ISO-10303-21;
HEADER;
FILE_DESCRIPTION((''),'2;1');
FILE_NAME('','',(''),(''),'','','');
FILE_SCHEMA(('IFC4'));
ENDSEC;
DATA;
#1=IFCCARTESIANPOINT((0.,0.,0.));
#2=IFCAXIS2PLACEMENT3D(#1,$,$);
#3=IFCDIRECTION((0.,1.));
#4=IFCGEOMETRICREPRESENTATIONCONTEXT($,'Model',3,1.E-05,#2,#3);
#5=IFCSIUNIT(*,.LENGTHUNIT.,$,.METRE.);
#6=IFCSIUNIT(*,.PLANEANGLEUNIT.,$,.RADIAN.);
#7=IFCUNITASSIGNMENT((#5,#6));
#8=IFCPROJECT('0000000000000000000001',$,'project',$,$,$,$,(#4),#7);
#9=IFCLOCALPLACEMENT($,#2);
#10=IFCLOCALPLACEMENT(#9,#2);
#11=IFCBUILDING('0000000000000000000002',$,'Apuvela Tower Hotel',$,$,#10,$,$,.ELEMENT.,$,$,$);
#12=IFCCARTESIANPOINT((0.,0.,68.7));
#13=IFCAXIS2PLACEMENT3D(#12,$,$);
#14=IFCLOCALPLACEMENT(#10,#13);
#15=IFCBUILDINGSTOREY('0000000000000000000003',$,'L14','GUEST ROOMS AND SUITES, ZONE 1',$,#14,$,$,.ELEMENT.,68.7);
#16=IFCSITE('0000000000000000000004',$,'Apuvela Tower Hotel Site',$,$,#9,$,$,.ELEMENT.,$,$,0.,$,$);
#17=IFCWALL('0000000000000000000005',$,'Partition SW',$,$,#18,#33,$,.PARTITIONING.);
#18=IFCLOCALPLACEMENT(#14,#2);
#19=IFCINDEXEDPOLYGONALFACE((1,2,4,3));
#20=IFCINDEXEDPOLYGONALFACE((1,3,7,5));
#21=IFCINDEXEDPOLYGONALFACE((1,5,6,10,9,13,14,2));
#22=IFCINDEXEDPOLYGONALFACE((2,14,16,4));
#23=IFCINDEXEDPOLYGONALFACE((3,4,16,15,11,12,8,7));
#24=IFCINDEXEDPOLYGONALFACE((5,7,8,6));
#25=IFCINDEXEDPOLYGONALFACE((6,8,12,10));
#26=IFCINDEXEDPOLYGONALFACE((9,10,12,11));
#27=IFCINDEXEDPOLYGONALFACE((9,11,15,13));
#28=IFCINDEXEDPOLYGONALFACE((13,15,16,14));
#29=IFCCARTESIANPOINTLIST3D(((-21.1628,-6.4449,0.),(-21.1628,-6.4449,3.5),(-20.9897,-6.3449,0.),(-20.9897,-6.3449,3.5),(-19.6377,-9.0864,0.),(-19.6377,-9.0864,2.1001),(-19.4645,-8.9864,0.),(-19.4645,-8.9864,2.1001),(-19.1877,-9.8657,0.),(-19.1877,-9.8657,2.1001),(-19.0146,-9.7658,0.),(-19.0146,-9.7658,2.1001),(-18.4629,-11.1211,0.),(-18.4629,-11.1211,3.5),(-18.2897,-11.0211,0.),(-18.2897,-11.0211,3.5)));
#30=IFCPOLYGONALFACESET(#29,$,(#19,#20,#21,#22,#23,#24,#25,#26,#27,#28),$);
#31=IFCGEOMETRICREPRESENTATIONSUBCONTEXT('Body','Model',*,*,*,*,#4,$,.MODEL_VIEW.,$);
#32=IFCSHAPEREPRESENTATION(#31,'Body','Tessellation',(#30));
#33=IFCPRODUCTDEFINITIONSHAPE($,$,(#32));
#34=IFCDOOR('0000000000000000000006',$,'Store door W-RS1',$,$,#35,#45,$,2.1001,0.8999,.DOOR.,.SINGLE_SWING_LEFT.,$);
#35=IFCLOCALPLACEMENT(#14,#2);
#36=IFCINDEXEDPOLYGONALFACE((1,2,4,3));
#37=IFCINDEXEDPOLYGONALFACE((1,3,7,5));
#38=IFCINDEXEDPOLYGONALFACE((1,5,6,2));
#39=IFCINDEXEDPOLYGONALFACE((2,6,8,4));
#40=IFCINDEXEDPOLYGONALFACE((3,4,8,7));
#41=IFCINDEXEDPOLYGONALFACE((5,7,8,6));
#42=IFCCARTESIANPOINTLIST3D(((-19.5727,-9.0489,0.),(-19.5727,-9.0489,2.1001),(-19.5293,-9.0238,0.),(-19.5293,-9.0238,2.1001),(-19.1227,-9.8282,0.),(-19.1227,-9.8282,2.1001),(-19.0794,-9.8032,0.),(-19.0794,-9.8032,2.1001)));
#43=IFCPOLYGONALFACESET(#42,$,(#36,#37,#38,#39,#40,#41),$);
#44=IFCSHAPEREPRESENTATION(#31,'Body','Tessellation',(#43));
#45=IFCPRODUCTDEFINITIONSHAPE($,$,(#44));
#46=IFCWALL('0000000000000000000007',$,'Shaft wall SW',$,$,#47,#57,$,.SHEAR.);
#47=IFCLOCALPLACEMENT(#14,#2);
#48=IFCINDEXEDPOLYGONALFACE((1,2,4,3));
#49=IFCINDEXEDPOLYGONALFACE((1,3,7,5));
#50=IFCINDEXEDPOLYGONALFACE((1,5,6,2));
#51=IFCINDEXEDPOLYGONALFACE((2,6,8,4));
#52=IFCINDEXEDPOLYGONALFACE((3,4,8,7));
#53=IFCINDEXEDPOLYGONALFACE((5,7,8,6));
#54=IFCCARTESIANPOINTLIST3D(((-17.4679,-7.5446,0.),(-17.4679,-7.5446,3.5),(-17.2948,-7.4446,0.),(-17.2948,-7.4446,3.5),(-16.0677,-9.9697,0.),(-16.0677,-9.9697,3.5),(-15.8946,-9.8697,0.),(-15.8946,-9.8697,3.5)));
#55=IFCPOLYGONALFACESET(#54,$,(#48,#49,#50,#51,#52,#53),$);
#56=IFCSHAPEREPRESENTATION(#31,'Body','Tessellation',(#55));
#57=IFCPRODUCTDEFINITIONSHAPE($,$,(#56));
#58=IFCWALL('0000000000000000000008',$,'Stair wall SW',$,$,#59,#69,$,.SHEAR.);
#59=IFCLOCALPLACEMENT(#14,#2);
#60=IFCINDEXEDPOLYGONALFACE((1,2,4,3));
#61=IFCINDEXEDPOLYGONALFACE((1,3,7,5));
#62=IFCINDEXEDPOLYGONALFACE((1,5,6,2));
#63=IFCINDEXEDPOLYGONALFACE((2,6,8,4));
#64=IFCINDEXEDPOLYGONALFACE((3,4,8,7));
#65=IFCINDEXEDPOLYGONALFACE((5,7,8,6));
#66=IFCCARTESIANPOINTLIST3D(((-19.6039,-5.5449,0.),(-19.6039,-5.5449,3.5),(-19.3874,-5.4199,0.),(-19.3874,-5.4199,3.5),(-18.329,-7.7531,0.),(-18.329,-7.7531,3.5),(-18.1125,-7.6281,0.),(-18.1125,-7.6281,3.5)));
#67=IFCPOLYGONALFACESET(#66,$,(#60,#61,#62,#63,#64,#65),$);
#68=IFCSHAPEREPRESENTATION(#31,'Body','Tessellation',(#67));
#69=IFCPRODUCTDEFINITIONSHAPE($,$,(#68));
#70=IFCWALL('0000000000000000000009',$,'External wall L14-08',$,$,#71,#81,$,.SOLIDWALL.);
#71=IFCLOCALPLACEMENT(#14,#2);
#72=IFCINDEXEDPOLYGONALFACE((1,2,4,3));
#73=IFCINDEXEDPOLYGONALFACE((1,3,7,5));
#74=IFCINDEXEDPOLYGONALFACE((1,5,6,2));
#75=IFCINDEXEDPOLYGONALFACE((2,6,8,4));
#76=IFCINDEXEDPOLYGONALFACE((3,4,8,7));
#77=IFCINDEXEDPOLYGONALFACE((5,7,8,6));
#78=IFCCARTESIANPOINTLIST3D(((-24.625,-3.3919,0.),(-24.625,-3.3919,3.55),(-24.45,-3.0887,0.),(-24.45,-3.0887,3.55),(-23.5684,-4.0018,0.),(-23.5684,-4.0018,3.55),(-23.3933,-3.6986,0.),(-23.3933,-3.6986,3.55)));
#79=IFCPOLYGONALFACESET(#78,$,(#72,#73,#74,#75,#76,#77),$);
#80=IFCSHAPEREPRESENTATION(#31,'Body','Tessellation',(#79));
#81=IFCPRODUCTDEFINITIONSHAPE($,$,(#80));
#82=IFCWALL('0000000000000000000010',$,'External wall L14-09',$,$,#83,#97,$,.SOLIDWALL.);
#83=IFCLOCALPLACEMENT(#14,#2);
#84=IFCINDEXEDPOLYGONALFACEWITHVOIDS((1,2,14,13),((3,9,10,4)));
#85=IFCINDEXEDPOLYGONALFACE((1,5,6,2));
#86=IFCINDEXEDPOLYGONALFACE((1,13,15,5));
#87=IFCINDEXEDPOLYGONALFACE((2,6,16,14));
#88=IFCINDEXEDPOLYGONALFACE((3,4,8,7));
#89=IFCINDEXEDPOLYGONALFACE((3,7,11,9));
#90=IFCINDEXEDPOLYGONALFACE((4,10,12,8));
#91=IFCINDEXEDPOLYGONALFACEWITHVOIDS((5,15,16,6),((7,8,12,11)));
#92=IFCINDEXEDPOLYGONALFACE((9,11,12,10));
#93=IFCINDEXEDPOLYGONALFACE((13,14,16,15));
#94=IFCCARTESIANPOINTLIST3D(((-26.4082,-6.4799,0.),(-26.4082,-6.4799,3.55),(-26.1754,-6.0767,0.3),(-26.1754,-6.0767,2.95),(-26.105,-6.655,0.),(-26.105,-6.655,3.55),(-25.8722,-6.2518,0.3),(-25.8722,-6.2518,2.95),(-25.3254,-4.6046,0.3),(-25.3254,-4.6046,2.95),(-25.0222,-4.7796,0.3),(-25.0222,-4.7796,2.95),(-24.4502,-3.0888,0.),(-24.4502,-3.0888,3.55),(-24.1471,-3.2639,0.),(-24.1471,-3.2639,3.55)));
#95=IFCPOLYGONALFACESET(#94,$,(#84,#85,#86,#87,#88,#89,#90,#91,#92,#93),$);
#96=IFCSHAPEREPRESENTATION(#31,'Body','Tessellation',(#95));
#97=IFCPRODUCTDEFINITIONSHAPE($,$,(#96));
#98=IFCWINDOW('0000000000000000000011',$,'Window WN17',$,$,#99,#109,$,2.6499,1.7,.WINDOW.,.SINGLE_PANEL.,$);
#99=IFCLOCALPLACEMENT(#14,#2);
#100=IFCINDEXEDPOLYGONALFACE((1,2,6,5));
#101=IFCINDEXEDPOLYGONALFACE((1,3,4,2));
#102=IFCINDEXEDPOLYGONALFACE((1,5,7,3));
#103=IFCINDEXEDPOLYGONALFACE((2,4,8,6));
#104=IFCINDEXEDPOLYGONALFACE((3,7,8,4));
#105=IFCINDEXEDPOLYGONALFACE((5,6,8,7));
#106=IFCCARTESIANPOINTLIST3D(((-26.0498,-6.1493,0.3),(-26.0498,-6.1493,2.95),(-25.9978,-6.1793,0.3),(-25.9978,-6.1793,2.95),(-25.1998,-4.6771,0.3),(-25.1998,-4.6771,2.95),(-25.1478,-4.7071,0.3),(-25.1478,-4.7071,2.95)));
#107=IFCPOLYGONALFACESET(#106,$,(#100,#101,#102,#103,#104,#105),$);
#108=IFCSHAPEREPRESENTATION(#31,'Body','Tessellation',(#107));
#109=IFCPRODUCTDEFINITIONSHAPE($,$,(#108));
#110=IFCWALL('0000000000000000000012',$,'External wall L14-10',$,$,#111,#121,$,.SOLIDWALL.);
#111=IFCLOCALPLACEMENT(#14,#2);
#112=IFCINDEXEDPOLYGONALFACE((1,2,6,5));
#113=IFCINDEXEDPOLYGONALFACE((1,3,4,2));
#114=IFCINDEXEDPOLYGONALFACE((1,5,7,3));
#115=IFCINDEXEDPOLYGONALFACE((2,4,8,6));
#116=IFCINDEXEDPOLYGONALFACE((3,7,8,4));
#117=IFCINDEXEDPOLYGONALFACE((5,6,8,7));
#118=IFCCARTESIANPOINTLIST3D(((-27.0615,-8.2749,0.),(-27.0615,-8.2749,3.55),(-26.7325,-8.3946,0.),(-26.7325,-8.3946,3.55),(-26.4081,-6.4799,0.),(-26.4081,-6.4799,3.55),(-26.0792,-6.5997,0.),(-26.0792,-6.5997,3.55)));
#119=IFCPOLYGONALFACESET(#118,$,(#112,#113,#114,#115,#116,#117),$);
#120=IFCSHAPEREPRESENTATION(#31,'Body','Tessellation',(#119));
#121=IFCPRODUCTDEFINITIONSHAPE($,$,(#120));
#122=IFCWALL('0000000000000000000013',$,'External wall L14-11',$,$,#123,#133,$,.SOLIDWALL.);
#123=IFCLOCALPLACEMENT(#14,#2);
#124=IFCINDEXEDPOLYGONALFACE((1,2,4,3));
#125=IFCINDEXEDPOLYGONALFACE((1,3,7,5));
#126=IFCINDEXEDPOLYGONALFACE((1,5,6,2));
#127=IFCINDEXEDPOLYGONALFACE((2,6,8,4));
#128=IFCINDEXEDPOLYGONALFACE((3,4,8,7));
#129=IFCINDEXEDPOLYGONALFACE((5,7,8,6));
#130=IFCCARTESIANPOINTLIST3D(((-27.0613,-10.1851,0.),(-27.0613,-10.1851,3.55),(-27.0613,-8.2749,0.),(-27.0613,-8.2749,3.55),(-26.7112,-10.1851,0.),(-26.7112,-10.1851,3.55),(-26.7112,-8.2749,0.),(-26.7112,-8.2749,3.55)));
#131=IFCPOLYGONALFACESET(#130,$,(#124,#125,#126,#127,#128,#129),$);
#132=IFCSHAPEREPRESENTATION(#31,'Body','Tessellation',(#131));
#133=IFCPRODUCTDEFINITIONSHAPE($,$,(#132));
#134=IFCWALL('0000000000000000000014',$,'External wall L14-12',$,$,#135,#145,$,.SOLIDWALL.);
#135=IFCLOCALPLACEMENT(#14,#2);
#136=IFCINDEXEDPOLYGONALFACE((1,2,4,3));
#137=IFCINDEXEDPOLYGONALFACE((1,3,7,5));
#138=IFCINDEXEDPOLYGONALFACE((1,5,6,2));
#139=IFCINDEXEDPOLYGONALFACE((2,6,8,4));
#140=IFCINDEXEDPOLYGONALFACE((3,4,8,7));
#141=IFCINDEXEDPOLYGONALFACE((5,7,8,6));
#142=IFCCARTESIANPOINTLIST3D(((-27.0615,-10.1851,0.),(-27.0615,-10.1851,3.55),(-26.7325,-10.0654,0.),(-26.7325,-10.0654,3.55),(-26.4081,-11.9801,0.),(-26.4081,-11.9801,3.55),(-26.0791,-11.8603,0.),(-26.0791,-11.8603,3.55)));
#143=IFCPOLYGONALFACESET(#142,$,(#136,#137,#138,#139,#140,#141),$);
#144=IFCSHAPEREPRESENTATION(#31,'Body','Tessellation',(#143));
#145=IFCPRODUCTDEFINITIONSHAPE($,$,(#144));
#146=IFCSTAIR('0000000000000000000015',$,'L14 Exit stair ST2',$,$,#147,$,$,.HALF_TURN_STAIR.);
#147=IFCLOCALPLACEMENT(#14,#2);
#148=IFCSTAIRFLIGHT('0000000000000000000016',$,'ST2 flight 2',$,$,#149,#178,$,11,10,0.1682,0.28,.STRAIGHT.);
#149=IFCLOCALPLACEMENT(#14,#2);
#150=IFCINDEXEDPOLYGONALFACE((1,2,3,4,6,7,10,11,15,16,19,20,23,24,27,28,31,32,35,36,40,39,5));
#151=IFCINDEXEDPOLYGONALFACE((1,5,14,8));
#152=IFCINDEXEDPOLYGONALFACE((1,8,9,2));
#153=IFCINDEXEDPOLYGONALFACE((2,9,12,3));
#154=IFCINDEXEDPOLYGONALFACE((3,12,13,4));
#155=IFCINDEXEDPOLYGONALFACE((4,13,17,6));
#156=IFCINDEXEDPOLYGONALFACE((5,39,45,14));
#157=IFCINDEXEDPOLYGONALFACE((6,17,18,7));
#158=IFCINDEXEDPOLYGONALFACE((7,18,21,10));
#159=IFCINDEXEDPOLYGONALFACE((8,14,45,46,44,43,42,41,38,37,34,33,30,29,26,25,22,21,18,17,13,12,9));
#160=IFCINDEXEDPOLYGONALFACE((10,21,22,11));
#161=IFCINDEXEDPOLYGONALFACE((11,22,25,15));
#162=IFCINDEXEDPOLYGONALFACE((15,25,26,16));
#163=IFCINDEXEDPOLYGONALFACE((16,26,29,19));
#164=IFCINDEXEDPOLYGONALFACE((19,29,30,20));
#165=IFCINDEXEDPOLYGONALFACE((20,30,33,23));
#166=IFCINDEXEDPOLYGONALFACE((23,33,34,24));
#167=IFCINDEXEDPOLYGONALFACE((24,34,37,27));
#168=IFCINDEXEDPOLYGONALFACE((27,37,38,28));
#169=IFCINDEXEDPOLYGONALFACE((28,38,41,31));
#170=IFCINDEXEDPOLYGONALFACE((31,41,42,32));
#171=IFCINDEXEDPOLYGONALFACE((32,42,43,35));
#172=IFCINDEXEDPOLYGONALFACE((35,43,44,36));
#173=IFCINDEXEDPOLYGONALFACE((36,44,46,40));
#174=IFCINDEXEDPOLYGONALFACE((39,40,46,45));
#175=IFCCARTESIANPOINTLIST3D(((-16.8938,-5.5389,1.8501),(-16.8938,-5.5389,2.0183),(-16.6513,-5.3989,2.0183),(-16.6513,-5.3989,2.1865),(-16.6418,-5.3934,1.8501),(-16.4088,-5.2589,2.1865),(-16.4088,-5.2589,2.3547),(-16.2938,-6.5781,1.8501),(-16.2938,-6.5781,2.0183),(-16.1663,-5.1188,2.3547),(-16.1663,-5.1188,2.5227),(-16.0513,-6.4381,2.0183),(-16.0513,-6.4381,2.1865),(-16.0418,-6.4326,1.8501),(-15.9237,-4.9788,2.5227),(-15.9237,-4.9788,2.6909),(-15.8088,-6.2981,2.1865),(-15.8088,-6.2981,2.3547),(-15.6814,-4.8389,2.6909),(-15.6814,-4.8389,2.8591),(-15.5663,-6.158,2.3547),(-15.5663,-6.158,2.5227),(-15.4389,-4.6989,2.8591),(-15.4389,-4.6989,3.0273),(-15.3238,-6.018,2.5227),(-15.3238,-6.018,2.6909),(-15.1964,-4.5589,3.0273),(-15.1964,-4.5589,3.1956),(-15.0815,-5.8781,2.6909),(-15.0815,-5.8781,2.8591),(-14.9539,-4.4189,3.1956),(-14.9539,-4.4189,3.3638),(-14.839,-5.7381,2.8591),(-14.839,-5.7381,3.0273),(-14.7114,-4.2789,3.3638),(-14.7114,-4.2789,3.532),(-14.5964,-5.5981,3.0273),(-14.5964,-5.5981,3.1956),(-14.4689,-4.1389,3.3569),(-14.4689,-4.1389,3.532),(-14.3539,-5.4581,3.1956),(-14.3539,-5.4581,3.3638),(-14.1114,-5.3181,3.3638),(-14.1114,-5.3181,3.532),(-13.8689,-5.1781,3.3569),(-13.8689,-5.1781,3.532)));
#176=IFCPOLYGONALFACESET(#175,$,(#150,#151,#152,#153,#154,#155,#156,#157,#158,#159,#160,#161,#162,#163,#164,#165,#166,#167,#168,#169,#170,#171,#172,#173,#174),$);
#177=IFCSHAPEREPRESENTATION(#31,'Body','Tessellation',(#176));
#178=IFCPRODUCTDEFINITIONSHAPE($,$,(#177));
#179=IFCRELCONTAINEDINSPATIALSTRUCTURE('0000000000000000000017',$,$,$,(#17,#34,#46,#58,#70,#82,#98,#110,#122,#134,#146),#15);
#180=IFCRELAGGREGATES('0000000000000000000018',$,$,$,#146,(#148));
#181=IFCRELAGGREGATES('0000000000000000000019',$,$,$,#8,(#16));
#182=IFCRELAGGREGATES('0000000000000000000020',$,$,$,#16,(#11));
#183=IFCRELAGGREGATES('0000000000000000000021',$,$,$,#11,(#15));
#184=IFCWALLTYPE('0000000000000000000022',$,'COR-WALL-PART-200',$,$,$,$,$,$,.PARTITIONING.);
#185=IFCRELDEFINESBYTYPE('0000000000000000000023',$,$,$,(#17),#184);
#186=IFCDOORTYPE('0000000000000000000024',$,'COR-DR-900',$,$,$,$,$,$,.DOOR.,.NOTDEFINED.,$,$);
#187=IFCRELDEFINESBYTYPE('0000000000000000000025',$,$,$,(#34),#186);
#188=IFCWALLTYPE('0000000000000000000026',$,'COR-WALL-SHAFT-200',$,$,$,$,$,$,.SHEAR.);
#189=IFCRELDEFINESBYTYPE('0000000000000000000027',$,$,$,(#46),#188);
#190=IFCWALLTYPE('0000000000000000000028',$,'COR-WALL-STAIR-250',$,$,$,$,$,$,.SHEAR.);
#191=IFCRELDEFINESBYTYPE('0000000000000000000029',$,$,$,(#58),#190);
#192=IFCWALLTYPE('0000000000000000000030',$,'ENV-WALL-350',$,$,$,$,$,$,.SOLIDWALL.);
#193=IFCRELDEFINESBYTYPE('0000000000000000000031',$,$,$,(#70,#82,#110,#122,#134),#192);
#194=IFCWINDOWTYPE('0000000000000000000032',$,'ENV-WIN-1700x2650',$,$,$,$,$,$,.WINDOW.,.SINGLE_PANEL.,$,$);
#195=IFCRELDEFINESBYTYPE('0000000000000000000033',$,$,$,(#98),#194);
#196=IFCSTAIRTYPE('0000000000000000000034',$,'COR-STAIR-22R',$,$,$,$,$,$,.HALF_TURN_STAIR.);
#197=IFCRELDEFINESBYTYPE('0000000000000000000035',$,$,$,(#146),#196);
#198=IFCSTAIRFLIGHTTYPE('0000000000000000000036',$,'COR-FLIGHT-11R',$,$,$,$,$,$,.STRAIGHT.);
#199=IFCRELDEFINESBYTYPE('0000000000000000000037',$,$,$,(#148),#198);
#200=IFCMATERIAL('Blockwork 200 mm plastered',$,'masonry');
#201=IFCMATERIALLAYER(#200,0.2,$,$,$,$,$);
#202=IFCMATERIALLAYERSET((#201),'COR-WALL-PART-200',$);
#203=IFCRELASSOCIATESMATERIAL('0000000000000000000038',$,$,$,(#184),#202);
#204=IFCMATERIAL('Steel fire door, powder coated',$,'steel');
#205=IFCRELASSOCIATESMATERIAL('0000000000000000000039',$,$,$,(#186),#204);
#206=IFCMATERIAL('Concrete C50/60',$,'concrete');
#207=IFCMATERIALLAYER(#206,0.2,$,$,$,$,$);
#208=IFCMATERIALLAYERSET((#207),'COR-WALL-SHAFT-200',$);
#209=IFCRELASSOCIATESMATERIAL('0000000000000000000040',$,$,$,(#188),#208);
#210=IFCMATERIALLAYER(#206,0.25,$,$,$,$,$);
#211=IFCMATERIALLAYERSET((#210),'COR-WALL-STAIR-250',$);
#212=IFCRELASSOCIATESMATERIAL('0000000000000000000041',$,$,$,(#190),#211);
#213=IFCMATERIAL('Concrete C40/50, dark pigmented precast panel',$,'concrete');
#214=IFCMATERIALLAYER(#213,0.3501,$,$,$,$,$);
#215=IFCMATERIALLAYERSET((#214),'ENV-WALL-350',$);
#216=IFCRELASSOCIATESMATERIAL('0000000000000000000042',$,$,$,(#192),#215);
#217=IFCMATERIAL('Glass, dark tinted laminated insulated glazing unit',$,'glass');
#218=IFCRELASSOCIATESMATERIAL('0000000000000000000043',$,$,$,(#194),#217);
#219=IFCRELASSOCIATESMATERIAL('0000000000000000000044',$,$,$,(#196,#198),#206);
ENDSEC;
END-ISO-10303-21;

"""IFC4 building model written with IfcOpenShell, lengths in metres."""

from ifc_helpers import new_model, si_unit, direction, frame, frame_2d, origin, place, context, subcontext, project, spatial, polyline, rectangle, outline, extrude, material, layer, layer_set, type_object, element, fill, aggregate, save


model = new_model("IFC4")

# Units and contexts
model_context = context("Model", 3, precision=1e-05, world=origin(), true_north=direction((0.0, 1.0)))
body_context = subcontext(model_context, "Body", "Model", "MODEL_VIEW")
ifc_project = project(units=[si_unit("LENGTHUNIT", "METRE"), si_unit("PLANEANGLEUNIT", "RADIAN")], contexts=[model_context])

# Site, building, storey
site_placement = place(None, origin())
site = spatial("IfcSite", under=ifc_project, at=site_placement, Name="Apuvela Tower Hotel Site", CompositionType="ELEMENT", RefElevation=0.0)
building_placement = place(site_placement, origin())
building = spatial("IfcBuilding", under=site, at=building_placement, Name="Apuvela Tower Hotel", CompositionType="ELEMENT")
storey_placement = place(building_placement, frame((0.0, 0.0, 68.7)))
storey = spatial("IfcBuildingStorey", under=building, at=storey_placement, Name="L14", Description="GUEST ROOMS AND SUITES, ZONE 1", CompositionType="ELEMENT", Elevation=68.7)

# Wall, opening, door
ifc_material_1 = material(Name="Blockwork 200 mm plastered", Category="masonry")
ifc_layer_1 = layer(ifc_material_1, 0.2)
ifc_layer_set_1 = layer_set([ifc_layer_1], Name="COR-WALL-PART-200")
wall_type_1 = type_object("IfcWallType", Name="COR-WALL-PART-200", PredefinedType="PARTITIONING", material=ifc_layer_set_1)
wall_1_placement = place(storey_placement, frame((-21.0762, -6.395, 0.0), z_axis=(0.0, 0.0, 1.0), x_axis=(0.500015, -0.866017, 0.0)))
wall_1 = element("IfcWall", 1, at=wall_1_placement, inside=storey, type_object=wall_type_1, Name="Partition SW", PredefinedType="PARTITIONING", context=body_context, shape_type="SweptSolid", body=[
    extrude(rectangle(XDim=5.3997, YDim=0.2, at=frame_2d((2.6997, 0.0))), origin(), (0.0, 0.0, 1.0), 3.5),
])
opening_1_placement = place(wall_1_placement, frame((3.05, 0.0, 0.0)))
opening_1 = element("IfcOpeningElement", 2, at=opening_1_placement, cuts=wall_1, PredefinedType="OPENING", context=body_context, shape_type="SweptSolid", body=[
    extrude(rectangle(XDim=0.8999, YDim=2.1001, at=frame_2d((0.45, 1.05))), frame((0.0, 0.1099, 0.0), z_axis=(0.0, -1.0, 0.0), x_axis=(1.0, 0.0, 0.0)), (0.0, 0.0, 1.0), 0.22),
])
ifc_material_2 = material(Name="Steel fire door, powder coated", Category="steel")
door_type_1 = type_object("IfcDoorType", Name="COR-DR-900", OperationType="NOTDEFINED", PredefinedType="DOOR", material=ifc_material_2)
door_1_placement = place(opening_1_placement, frame((0.8999, 0.0, 0.0), z_axis=(0.0, 0.0, 1.0), x_axis=(-1.0, 0.0, 0.0)))
door_1 = element("IfcDoor", 3, at=door_1_placement, inside=storey, type_object=door_type_1, Name="Store door W-RS1", OperationType="SINGLE_SWING_LEFT", OverallHeight=2.1001, OverallWidth=0.8999, PredefinedType="DOOR", context=body_context, shape_type="SweptSolid", body=[
    extrude(rectangle(XDim=0.8999, YDim=2.1001, at=frame_2d((0.45, 1.05))), frame((0.0, 0.0249, 0.0), z_axis=(0.0, -1.0, 0.0), x_axis=(1.0, 0.0, 0.0)), (0.0, 0.0, 1.0), 0.05),
])
fill(opening_1, door_1)

# Walls
ifc_material_3 = material(Name="Concrete C50/60", Category="concrete")
ifc_layer_2 = layer(ifc_material_3, 0.2)
ifc_layer_set_2 = layer_set([ifc_layer_2], Name="COR-WALL-SHAFT-200")
wall_type_2 = type_object("IfcWallType", Name="COR-WALL-SHAFT-200", PredefinedType="SHEAR", material=ifc_layer_set_2)
wall_2_placement = place(storey_placement, frame((-17.3813, -7.4946, 0.0), z_axis=(0.0, 0.0, 1.0), x_axis=(0.500012, -0.866019, 0.0)))
element("IfcWall", 4, at=wall_2_placement, inside=storey, type_object=wall_type_2, Name="Shaft wall SW", PredefinedType="SHEAR", context=body_context, shape_type="SweptSolid", body=[
    extrude(rectangle(XDim=2.8003, YDim=0.2, at=frame_2d((1.4001, 0.0))), origin(), (0.0, 0.0, 1.0), 3.5),
])
ifc_layer_3 = layer(ifc_material_3, 0.25)
ifc_layer_set_3 = layer_set([ifc_layer_3], Name="COR-WALL-STAIR-250")
wall_type_3 = type_object("IfcWallType", Name="COR-WALL-STAIR-250", PredefinedType="SHEAR", material=ifc_layer_set_3)
wall_3_placement = place(storey_placement, frame((-19.4956, -5.4824, 0.0), z_axis=(0.0, 0.0, 1.0), x_axis=(0.49999, -0.866031, 0.0)))
element("IfcWall", 5, at=wall_3_placement, inside=storey, type_object=wall_type_3, Name="Stair wall SW", PredefinedType="SHEAR", context=body_context, shape_type="SweptSolid", body=[
    extrude(rectangle(XDim=2.5498, YDim=0.25, at=frame_2d((1.2749, 0.0))), origin(), (0.0, 0.0, 1.0), 3.5),
])
ifc_material_4 = material(Name="Concrete C40/50, dark pigmented precast panel", Category="concrete")
ifc_layer_4 = layer(ifc_material_4, 0.3501)
ifc_layer_set_4 = layer_set([ifc_layer_4], Name="ENV-WALL-350")
wall_type_4 = type_object("IfcWallType", Name="ENV-WALL-350", PredefinedType="SOLIDWALL", material=ifc_layer_set_4)
wall_4_placement = place(storey_placement, frame((-23.481, -3.8501, 0.0), z_axis=(0.0, 0.0, 1.0), x_axis=(-0.866092, 0.499884, 0.0)))
element("IfcWall", 6, at=wall_4_placement, inside=storey, type_object=wall_type_4, Name="External wall L14-08", PredefinedType="SOLIDWALL", context=body_context, shape_type="SweptSolid", body=[
    extrude(rectangle(XDim=1.22, YDim=0.3501, at=frame_2d((0.6099, 0.0))), origin(), (0.0, 0.0, 1.0), 3.55),
])

# Wall, opening, window
wall_5_placement = place(storey_placement, frame((-24.2986, -3.1763, 0.0), z_axis=(0.0, 0.0, 1.0), x_axis=(-0.500028, -0.866009, 0.0)))
wall_5 = element("IfcWall", 7, at=wall_5_placement, inside=storey, type_object=wall_type_4, Name="External wall L14-09", PredefinedType="SOLIDWALL", context=body_context, shape_type="SweptSolid", body=[
    extrude(rectangle(XDim=3.9158, YDim=0.3501, at=frame_2d((1.958, 0.0))), origin(), (0.0, 0.0, 1.0), 3.55),
])
opening_2_placement = place(wall_5_placement, frame((1.7502, 0.0, 0.3)))
opening_2 = element("IfcOpeningElement", 8, at=opening_2_placement, cuts=wall_5, PredefinedType="OPENING", context=body_context, shape_type="SweptSolid", body=[
    extrude(rectangle(XDim=1.7, YDim=2.6499, at=frame_2d((0.8501, 1.325))), frame((0.0, 0.1851, 0.0), z_axis=(0.0, -1.0, 0.0), x_axis=(1.0, 0.0, 0.0)), (0.0, 0.0, 1.0), 0.3701),
])
ifc_material_5 = material(Name="Glass, dark tinted laminated insulated glazing unit", Category="glass")
window_type = type_object("IfcWindowType", Name="ENV-WIN-1700x2650", PartitioningType="SINGLE_PANEL", PredefinedType="WINDOW", material=ifc_material_5)
window_placement = place(opening_2_placement, origin())
window = element("IfcWindow", 9, at=window_placement, inside=storey, type_object=window_type, Name="Window WN17", OverallHeight=2.6499, OverallWidth=1.7, PartitioningType="SINGLE_PANEL", PredefinedType="WINDOW", context=body_context, shape_type="SweptSolid", body=[
    extrude(rectangle(XDim=1.7, YDim=2.6499, at=frame_2d((0.8501, 1.325))), frame((0.0, 0.03, 0.0), z_axis=(0.0, -1.0, 0.0), x_axis=(1.0, 0.0, 0.0)), (0.0, 0.0, 1.0), 0.0601),
])
fill(opening_2, window)

# Walls
for number, where, z_axis, x_axis, name in (
    (10, (-26.2437, -6.5398, 0.0), (0.0, 0.0, 1.0), (-0.34203, -0.939689, 0.0), "External wall L14-10"),
    (11, (-26.8862, -8.2749, 0.0), (0.0, 0.0, 1.0), (0.0, -1.0, 0.0), "External wall L14-11"),
    (12, (-26.897, -10.1252, 0.0), (0.0, 0.0, 1.0), (0.34203, -0.939689, 0.0), "External wall L14-12"),
):
    element("IfcWall", number, at=place(storey_placement, frame(where, z_axis=z_axis, x_axis=x_axis)), inside=storey, type_object=wall_type_4, Name=name, PredefinedType="SOLIDWALL", context=body_context, shape_type="SweptSolid", body=[
        extrude(rectangle(XDim=1.9102, YDim=0.3501, at=frame_2d((0.9551, 0.0))), origin(), (0.0, 0.0, 1.0), 3.55),
    ])

# Stair, stair flight
stair_type = type_object("IfcStairType", Name="COR-STAIR-22R", PredefinedType="HALF_TURN_STAIR", material=ifc_material_3)
stair_placement = place(storey_placement, origin())
stair = element("IfcStair", 13, at=stair_placement, inside=storey, type_object=stair_type, Name="L14 Exit stair ST2", PredefinedType="HALF_TURN_STAIR")
stair_flight_type = type_object("IfcStairFlightType", Name="COR-FLIGHT-11R", PredefinedType="STRAIGHT", material=ifc_material_3)
stair_flight_placement = place(storey_placement, frame((-16.5938, -6.0586, 1.8501), z_axis=(0.0, 0.0, 1.0), x_axis=(0.866025, 0.5, 0.0)))
stair_flight = element("IfcStairFlight", 14, at=stair_flight_placement, type_object=stair_flight_type, Name="ST2 flight 2", NumberOfRisers=11, NumberOfTreads=10, PredefinedType="STRAIGHT", RiserHeight=0.1682, TreadLength=0.28, context=body_context, shape_type="SweptSolid", body=[
    extrude(outline(polyline([(0.0, 0.0), (0.0, 0.1682), (0.28, 0.1682), (0.28, 0.3364), (0.5601, 0.3364), (0.5601, 0.5046), (0.8401, 0.5046), (0.8401, 0.6726), (1.1201, 0.6726), (1.1201, 0.8408), (1.3999, 0.8408), (1.3999, 1.009), (1.6799, 1.009), (1.6799, 1.1772), (1.96, 1.1772), (1.96, 1.3455), (2.24, 1.3455), (2.24, 1.5137), (2.52, 1.5137), (2.52, 1.6819), (2.8, 1.6819), (2.8, 1.8501), (2.8, 1.5068), (0.291, 0.0), (0.0, 0.0)])), frame((0.0, 0.6001, 0.0), z_axis=(0.0, -1.0, 0.0), x_axis=(1.0, 0.0, 0.0)), (0.0, 0.0, 1.0), 1.2),
])
aggregate(stair, [stair_flight])

save(model, "model.ifc")
